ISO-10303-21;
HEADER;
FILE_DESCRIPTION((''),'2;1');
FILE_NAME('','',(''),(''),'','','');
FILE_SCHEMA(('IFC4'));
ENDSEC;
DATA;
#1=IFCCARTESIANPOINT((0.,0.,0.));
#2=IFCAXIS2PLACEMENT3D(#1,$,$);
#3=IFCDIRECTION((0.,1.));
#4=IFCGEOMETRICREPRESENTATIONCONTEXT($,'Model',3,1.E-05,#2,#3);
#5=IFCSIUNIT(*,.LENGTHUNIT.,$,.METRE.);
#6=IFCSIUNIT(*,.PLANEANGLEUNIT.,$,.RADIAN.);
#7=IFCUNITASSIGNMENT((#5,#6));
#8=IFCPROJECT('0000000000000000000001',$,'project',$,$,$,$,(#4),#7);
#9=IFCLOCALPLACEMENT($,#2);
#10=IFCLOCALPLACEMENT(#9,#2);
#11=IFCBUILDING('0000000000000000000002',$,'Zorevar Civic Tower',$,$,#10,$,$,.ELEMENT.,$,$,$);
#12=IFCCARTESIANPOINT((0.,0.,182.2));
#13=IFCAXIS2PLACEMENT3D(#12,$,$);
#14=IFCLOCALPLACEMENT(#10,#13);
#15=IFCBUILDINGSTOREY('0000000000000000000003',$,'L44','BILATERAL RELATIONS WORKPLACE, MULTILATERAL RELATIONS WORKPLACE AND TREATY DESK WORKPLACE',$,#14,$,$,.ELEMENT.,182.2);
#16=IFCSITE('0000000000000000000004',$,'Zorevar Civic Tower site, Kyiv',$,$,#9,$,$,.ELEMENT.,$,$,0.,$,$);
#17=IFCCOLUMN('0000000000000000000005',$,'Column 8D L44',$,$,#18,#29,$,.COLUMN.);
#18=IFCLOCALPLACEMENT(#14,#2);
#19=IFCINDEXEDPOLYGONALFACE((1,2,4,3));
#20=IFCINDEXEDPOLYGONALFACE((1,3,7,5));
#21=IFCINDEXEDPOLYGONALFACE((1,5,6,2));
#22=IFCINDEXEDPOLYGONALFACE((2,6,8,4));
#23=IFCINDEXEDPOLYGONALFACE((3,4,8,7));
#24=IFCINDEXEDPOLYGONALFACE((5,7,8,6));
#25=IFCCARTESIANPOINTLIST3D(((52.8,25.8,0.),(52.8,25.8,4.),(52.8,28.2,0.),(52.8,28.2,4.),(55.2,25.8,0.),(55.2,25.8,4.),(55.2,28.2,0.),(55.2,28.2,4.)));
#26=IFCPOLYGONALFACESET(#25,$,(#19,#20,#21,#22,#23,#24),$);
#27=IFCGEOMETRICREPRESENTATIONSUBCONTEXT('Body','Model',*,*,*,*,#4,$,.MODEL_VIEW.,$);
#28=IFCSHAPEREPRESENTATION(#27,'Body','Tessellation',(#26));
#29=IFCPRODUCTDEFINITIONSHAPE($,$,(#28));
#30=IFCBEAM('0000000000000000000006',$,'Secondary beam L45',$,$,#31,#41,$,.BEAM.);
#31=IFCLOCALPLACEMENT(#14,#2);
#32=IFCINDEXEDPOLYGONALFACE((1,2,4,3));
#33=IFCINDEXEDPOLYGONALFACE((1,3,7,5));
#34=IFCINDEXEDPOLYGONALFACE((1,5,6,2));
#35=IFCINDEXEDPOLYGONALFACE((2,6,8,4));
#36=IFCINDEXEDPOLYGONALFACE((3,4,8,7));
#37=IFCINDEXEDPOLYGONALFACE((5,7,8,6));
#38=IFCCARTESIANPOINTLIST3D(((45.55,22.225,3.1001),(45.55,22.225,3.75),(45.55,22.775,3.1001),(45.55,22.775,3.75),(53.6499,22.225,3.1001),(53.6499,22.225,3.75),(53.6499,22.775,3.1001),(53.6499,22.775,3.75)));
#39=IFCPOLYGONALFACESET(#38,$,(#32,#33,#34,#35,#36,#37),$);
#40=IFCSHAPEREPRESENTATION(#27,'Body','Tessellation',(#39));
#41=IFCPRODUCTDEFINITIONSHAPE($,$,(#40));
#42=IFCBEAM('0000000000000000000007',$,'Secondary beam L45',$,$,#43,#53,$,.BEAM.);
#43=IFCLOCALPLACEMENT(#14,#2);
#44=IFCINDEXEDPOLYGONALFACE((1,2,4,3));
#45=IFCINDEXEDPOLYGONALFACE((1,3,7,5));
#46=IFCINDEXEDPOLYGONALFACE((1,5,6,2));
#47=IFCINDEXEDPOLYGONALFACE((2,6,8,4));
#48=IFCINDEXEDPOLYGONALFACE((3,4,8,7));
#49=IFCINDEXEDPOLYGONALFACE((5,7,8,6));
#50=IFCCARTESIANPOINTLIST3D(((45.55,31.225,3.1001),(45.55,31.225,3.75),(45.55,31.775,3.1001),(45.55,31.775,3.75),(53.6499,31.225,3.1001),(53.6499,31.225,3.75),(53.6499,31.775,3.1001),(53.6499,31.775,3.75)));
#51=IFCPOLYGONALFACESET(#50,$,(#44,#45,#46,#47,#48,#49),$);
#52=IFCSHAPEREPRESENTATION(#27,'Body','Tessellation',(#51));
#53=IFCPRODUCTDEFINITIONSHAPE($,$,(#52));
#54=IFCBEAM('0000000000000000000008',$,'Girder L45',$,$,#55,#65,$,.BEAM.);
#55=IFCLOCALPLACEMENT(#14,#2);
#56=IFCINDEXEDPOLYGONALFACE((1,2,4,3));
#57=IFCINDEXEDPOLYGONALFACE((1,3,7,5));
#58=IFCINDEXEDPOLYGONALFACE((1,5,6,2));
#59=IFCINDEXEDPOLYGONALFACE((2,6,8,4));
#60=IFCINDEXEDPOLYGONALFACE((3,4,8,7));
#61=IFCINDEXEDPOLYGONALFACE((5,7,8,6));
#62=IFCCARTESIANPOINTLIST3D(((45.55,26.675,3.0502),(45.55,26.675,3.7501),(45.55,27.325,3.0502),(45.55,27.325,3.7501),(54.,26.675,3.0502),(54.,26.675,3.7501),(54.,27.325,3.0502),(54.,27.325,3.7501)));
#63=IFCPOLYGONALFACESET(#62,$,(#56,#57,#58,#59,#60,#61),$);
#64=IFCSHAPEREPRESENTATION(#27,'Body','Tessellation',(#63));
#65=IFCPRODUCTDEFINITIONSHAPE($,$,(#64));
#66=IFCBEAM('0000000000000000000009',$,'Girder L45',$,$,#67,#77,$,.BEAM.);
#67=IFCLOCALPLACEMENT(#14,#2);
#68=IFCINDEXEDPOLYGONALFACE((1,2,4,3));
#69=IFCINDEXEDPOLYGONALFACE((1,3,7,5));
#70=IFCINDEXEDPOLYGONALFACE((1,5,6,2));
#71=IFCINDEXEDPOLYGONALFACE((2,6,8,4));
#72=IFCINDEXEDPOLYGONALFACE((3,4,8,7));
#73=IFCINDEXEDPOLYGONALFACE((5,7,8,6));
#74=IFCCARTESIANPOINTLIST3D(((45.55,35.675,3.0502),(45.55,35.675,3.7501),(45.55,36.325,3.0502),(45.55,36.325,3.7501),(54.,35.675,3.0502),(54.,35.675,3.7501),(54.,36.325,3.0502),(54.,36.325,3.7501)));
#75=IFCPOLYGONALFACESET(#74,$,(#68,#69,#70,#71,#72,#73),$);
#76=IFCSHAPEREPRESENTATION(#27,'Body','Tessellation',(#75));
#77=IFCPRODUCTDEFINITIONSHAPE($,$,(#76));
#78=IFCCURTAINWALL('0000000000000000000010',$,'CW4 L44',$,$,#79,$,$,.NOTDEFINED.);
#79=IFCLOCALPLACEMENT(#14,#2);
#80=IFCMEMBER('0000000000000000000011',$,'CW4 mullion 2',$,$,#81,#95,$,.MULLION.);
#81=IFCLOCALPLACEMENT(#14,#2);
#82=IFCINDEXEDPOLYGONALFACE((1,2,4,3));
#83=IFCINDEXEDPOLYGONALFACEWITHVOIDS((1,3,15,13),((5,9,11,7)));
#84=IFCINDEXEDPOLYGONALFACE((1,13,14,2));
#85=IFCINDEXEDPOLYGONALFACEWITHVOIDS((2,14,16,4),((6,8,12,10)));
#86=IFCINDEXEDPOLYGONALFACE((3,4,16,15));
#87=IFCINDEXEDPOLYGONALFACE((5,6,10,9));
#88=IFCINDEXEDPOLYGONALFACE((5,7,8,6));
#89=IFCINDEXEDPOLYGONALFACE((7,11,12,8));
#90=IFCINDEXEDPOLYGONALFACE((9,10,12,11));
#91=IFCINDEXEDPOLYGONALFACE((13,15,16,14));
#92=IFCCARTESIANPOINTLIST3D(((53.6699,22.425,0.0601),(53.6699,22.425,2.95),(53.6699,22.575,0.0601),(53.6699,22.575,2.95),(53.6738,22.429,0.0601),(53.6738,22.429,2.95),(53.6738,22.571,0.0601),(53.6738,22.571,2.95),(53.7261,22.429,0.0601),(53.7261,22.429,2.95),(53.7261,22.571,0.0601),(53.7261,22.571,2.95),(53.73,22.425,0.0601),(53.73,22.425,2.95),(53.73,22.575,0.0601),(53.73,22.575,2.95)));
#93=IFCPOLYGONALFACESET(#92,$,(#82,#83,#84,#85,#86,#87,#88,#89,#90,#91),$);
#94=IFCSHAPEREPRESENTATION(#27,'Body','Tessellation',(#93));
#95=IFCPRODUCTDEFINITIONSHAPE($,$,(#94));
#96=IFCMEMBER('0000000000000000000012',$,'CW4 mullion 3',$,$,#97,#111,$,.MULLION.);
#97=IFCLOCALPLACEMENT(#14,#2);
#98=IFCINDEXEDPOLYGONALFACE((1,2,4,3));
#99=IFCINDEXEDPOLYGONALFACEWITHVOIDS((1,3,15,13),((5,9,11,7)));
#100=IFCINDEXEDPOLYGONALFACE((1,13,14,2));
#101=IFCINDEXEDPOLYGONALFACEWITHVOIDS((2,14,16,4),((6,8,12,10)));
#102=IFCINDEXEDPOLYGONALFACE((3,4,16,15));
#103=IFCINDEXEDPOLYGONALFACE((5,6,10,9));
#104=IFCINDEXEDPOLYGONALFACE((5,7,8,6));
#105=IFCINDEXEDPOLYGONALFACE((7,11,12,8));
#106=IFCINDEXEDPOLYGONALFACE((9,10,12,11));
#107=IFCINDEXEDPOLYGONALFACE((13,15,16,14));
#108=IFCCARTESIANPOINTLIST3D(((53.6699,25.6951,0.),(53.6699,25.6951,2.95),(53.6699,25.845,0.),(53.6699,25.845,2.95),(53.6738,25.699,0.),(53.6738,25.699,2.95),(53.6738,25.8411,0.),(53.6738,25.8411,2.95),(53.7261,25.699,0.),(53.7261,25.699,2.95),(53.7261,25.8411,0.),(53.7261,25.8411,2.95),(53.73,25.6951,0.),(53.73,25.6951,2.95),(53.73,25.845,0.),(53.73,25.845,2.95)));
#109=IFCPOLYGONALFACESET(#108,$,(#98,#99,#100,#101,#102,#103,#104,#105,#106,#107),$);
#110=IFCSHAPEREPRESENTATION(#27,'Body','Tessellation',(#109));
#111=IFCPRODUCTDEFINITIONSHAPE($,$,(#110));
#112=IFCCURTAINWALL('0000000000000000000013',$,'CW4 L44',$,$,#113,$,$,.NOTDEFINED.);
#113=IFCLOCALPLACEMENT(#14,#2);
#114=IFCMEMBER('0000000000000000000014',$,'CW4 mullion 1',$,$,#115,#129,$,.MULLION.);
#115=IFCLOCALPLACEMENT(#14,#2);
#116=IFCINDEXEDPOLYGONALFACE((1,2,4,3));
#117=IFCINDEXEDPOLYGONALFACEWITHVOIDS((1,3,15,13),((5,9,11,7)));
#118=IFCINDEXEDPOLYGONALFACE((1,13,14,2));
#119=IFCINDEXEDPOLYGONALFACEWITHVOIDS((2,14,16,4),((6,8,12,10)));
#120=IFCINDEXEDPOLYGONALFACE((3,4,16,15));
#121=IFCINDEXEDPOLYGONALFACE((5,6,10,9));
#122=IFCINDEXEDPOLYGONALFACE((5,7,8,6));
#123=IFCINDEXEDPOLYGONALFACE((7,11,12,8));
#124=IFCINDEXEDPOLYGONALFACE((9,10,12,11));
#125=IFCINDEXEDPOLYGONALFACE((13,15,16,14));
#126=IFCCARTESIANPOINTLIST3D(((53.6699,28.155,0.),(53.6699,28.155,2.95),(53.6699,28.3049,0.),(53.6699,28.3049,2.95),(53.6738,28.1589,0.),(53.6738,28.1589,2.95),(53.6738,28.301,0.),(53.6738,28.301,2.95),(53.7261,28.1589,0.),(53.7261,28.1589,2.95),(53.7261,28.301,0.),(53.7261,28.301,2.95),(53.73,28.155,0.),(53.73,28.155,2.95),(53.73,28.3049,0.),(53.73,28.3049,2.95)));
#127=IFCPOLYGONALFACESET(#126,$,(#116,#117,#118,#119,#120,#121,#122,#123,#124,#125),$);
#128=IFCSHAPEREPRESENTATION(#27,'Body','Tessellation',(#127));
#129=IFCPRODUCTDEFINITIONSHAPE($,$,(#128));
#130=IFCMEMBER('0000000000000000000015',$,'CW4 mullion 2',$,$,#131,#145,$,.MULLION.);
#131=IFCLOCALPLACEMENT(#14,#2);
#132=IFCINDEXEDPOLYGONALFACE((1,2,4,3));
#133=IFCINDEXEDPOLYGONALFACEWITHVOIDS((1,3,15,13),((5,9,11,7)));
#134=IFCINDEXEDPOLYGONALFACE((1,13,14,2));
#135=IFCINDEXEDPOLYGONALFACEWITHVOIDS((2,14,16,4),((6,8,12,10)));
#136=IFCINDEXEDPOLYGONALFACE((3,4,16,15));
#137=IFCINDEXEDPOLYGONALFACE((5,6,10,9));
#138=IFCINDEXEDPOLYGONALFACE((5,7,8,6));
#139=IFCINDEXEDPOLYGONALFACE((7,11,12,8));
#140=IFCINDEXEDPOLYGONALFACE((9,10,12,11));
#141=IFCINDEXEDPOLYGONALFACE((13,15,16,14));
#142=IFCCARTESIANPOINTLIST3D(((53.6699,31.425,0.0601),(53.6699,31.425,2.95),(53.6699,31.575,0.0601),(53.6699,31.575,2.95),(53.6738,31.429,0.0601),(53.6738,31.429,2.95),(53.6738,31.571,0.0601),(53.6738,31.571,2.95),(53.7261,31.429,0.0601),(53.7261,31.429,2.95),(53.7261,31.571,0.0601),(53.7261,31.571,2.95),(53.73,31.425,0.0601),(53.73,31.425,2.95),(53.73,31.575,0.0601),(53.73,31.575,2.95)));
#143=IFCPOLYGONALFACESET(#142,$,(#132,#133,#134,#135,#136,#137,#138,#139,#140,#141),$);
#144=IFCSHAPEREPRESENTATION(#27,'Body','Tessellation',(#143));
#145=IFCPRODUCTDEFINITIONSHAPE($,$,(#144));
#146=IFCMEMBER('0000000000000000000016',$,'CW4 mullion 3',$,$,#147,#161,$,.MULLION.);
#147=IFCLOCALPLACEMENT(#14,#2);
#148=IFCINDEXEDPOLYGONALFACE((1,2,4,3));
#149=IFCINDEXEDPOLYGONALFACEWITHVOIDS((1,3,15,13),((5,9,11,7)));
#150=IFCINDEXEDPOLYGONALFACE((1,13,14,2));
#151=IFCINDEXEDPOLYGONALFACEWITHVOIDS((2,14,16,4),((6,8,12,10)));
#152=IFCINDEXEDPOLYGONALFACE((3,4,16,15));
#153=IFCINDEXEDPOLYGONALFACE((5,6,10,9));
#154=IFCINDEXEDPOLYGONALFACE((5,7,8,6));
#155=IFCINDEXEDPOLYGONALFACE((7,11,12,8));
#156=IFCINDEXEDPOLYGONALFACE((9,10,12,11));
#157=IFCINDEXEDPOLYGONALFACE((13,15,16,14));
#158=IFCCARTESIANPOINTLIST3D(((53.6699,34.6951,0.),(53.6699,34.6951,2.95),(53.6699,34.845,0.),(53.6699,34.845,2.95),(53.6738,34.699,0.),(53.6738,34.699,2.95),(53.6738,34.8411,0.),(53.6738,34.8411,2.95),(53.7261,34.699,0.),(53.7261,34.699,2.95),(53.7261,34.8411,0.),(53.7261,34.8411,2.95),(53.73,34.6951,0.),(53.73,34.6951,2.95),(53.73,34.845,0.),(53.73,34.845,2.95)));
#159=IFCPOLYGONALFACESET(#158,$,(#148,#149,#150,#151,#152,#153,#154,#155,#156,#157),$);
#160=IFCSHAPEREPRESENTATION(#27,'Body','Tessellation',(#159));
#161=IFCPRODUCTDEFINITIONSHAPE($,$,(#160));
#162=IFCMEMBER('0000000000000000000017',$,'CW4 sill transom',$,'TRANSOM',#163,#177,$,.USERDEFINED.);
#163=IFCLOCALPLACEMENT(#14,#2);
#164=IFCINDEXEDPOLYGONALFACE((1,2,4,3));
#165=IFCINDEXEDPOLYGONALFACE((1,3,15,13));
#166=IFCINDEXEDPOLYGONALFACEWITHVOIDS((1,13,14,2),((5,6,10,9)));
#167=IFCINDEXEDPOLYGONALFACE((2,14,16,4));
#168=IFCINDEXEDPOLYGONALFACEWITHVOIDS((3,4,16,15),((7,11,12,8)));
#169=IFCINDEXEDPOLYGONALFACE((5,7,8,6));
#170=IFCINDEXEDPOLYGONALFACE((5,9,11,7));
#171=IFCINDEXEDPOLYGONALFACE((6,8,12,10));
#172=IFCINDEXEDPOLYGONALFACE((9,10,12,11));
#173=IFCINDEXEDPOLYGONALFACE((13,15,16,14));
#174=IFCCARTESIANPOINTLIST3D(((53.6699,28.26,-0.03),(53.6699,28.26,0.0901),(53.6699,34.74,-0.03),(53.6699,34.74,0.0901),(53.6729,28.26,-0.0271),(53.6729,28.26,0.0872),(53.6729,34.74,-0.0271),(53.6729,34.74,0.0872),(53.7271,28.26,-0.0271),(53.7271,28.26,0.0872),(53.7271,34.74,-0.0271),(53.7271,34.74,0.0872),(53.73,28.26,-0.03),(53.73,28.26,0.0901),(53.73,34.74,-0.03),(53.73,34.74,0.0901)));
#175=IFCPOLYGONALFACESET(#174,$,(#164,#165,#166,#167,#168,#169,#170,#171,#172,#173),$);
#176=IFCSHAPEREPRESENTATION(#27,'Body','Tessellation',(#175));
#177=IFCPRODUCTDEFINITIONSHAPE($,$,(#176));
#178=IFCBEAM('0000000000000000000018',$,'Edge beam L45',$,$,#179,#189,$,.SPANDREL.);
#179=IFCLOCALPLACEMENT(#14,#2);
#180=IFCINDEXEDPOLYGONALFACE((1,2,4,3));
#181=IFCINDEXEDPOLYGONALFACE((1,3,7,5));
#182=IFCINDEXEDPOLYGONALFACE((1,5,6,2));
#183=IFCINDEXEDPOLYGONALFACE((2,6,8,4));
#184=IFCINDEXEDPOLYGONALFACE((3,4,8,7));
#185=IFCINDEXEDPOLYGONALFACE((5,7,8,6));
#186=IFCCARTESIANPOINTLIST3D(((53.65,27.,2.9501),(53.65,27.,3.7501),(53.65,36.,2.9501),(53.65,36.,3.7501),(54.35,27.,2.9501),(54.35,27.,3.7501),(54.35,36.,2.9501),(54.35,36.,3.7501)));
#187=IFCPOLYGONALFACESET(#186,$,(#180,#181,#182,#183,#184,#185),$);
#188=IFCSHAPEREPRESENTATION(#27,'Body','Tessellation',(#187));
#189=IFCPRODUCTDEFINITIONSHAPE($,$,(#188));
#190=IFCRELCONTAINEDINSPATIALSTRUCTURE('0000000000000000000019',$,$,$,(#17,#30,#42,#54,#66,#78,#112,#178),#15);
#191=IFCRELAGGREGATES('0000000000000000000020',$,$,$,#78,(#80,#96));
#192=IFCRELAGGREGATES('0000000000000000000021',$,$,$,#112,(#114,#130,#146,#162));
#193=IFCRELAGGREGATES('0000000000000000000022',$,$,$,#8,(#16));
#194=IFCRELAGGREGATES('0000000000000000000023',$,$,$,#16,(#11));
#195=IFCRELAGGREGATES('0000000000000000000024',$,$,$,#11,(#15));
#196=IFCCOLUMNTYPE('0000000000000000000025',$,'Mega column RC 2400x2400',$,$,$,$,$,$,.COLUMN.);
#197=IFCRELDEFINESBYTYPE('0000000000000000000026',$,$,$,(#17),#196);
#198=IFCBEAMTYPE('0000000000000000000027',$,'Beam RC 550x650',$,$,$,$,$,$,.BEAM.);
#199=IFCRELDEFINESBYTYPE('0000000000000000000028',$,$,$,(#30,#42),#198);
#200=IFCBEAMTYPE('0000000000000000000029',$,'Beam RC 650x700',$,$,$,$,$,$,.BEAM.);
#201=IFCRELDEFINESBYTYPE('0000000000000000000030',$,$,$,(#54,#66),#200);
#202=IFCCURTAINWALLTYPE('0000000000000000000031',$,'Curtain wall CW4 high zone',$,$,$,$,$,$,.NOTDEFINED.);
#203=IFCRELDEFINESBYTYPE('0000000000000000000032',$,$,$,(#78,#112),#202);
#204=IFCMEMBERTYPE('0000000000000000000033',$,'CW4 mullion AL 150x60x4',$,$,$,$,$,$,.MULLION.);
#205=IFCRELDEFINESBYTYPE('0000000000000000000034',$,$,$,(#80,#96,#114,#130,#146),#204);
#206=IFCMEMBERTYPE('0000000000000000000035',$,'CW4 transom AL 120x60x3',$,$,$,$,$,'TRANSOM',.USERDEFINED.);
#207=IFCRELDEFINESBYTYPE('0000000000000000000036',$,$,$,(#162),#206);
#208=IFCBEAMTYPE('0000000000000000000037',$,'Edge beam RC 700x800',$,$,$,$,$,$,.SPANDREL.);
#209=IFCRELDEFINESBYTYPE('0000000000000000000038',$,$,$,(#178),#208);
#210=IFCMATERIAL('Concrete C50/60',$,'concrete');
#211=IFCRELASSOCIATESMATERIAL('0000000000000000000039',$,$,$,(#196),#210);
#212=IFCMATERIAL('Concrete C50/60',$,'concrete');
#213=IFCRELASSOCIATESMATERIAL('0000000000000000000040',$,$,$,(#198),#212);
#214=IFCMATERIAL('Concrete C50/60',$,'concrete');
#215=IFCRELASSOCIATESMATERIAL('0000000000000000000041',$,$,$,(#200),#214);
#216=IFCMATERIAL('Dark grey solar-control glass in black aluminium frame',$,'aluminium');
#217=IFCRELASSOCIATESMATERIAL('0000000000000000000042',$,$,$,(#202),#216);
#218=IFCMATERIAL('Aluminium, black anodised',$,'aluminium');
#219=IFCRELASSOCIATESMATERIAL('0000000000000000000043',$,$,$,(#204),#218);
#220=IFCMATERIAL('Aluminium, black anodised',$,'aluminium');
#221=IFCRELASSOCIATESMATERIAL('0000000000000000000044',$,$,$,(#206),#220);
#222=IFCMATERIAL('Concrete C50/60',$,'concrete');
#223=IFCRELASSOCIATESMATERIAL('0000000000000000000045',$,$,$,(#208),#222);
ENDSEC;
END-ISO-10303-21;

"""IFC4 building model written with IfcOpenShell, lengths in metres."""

from ifc_helpers import new_model, si_unit, direction, frame, origin, origin_2d, place, context, subcontext, project, spatial, rectangle, hollow_rectangle, extrude, material, material_profile, profile_set, type_object, element, aggregate, save


model = new_model("IFC4")

# Units and contexts
model_context = context("Model", 3, precision=1e-05, world=origin(), true_north=direction((0.0, 1.0)))
body_context = subcontext(model_context, "Body", "Model", "MODEL_VIEW")
ifc_project = project(units=[si_unit("LENGTHUNIT", "METRE"), si_unit("PLANEANGLEUNIT", "RADIAN")], contexts=[model_context])

# Site, building, storey
site_placement = place(None, origin())
site = spatial("IfcSite", under=ifc_project, at=site_placement, Name="Zorevar Civic Tower site, Kyiv", CompositionType="ELEMENT", RefElevation=0.0)
building_placement = place(site_placement, origin())
building = spatial("IfcBuilding", under=site, at=building_placement, Name="Zorevar Civic Tower", CompositionType="ELEMENT")
storey_placement = place(building_placement, frame((0.0, 0.0, 182.2)))
storey = spatial("IfcBuildingStorey", under=building, at=storey_placement, Name="L44", Description="BILATERAL RELATIONS WORKPLACE, MULTILATERAL RELATIONS WORKPLACE AND TREATY DESK WORKPLACE", CompositionType="ELEMENT", Elevation=182.2)

# Column
ifc_material_1 = material(Name="Concrete C50/60", Category="concrete")
ifc_material_profile_1 = material_profile(ifc_material_1, rectangle(XDim=2.3999, YDim=2.3999, at=origin_2d()), Name="RC 2400x2400")
ifc_profile_set_1 = profile_set([ifc_material_profile_1], Name="Concrete C50/60")
column_type = type_object("IfcColumnType", Name="Mega column RC 2400x2400", PredefinedType="COLUMN", material=ifc_profile_set_1)
column_placement = place(storey_placement, frame((54.0, 27.0, 0.0), z_axis=(0.0, 0.0, 1.0), x_axis=(1.0, 0.0, 0.0)))
element("IfcColumn", 1, at=column_placement, inside=storey, type_object=column_type, Name="Column 8D L44", PredefinedType="COLUMN", context=body_context, shape_type="SweptSolid", body=[
    extrude(rectangle(XDim=2.3999, YDim=2.3999, at=origin_2d()), origin(), (0.0, 0.0, 1.0), 4.0),
])

# Beams
ifc_material_2 = material(Name="Concrete C50/60", Category="concrete")
ifc_material_profile_2 = material_profile(ifc_material_2, rectangle(XDim=0.55, YDim=0.6499, at=origin_2d()), Name="RC 550x650")
ifc_profile_set_2 = profile_set([ifc_material_profile_2], Name="Concrete C50/60")
beam_type_1 = type_object("IfcBeamType", Name="Beam RC 550x650", PredefinedType="BEAM", material=ifc_profile_set_2)
for number, where, z_axis, x_axis, name in (
    (2, (45.55, 22.5, 3.425), (1.0, 0.0, 0.0), (0.0, 1.0, 0.0), "Secondary beam L45"),
    (3, (45.55, 31.5, 3.425), (1.0, 0.0, 0.0), (0.0, 1.0, 0.0), "Secondary beam L45"),
):
    element("IfcBeam", number, at=place(storey_placement, frame(where, z_axis=z_axis, x_axis=x_axis)), inside=storey, type_object=beam_type_1, Name=name, PredefinedType="BEAM", context=body_context, shape_type="SweptSolid", body=[
        extrude(rectangle(XDim=0.55, YDim=0.6499, at=origin_2d()), origin(), (0.0, 0.0, 1.0), 8.0999),
    ])
ifc_material_3 = material(Name="Concrete C50/60", Category="concrete")
ifc_material_profile_3 = material_profile(ifc_material_3, rectangle(XDim=0.6499, YDim=0.7, at=origin_2d()), Name="RC 650x700")
ifc_profile_set_3 = profile_set([ifc_material_profile_3], Name="Concrete C50/60")
beam_type_2 = type_object("IfcBeamType", Name="Beam RC 650x700", PredefinedType="BEAM", material=ifc_profile_set_3)
for number, where, z_axis, x_axis, name in (
    (4, (45.55, 27.0, 3.4001), (1.0, 0.0, 0.0), (0.0, 1.0, 0.0), "Girder L45"),
    (5, (45.55, 36.0, 3.4001), (1.0, 0.0, 0.0), (0.0, 1.0, 0.0), "Girder L45"),
):
    element("IfcBeam", number, at=place(storey_placement, frame(where, z_axis=z_axis, x_axis=x_axis)), inside=storey, type_object=beam_type_2, Name=name, PredefinedType="BEAM", context=body_context, shape_type="SweptSolid", body=[
        extrude(rectangle(XDim=0.6499, YDim=0.7, at=origin_2d()), origin(), (0.0, 0.0, 1.0), 8.45),
    ])

# Curtain walls, members
ifc_material_4 = material(Name="Dark grey solar-control glass in black aluminium frame", Category="aluminium")
curtain_wall_type = type_object("IfcCurtainWallType", Name="Curtain wall CW4 high zone", PredefinedType="NOTDEFINED", material=ifc_material_4)
curtain_wall_1_placement = place(storey_placement, origin())
curtain_wall_1 = element("IfcCurtainWall", 6, at=curtain_wall_1_placement, inside=storey, type_object=curtain_wall_type, Name="CW4 L44", PredefinedType="NOTDEFINED")
ifc_material_5 = material(Name="Aluminium, black anodised", Category="aluminium")
ifc_material_profile_4 = material_profile(ifc_material_5, hollow_rectangle(XDim=0.0601, YDim=0.1499, WallThickness=0.0039, at=origin_2d()), Name="AL 150x60x4")
ifc_profile_set_4 = profile_set([ifc_material_profile_4], Name="Aluminium, black anodised")
member_type_1 = type_object("IfcMemberType", Name="CW4 mullion AL 150x60x4", PredefinedType="MULLION", material=ifc_profile_set_4)
member_1_placement = place(storey_placement, frame((53.7, 22.5, 0.0601), z_axis=(0.0, 0.0, 1.0), x_axis=(-1.0, 0.0, 0.0)))
member_1 = element("IfcMember", 7, at=member_1_placement, type_object=member_type_1, Name="CW4 mullion 2", PredefinedType="MULLION", context=body_context, shape_type="SweptSolid", body=[
    extrude(hollow_rectangle(XDim=0.0601, YDim=0.1499, WallThickness=0.0039, at=origin_2d()), origin(), (0.0, 0.0, 1.0), 2.8899),
])
member_2_placement = place(storey_placement, frame((53.7, 25.77, 0.0), z_axis=(0.0, 0.0, 1.0), x_axis=(-1.0, 0.0, 0.0)))
member_2 = element("IfcMember", 8, at=member_2_placement, type_object=member_type_1, Name="CW4 mullion 3", PredefinedType="MULLION", context=body_context, shape_type="SweptSolid", body=[
    extrude(hollow_rectangle(XDim=0.0601, YDim=0.1499, WallThickness=0.0039, at=origin_2d()), origin(), (0.0, 0.0, 1.0), 2.95),
])
curtain_wall_2_placement = place(storey_placement, origin())
curtain_wall_2 = element("IfcCurtainWall", 9, at=curtain_wall_2_placement, inside=storey, type_object=curtain_wall_type, Name="CW4 L44", PredefinedType="NOTDEFINED")
member_3_placement = place(storey_placement, frame((53.7, 28.23, 0.0), z_axis=(0.0, 0.0, 1.0), x_axis=(-1.0, 0.0, 0.0)))
member_3 = element("IfcMember", 10, at=member_3_placement, type_object=member_type_1, Name="CW4 mullion 1", PredefinedType="MULLION", context=body_context, shape_type="SweptSolid", body=[
    extrude(hollow_rectangle(XDim=0.0601, YDim=0.1499, WallThickness=0.0039, at=origin_2d()), origin(), (0.0, 0.0, 1.0), 2.95),
])
member_4_placement = place(storey_placement, frame((53.7, 31.5, 0.0601), z_axis=(0.0, 0.0, 1.0), x_axis=(-1.0, 0.0, 0.0)))
member_4 = element("IfcMember", 11, at=member_4_placement, type_object=member_type_1, Name="CW4 mullion 2", PredefinedType="MULLION", context=body_context, shape_type="SweptSolid", body=[
    extrude(hollow_rectangle(XDim=0.0601, YDim=0.1499, WallThickness=0.0039, at=origin_2d()), origin(), (0.0, 0.0, 1.0), 2.8899),
])
member_5_placement = place(storey_placement, frame((53.7, 34.77, 0.0), z_axis=(0.0, 0.0, 1.0), x_axis=(-1.0, 0.0, 0.0)))
member_5 = element("IfcMember", 12, at=member_5_placement, type_object=member_type_1, Name="CW4 mullion 3", PredefinedType="MULLION", context=body_context, shape_type="SweptSolid", body=[
    extrude(hollow_rectangle(XDim=0.0601, YDim=0.1499, WallThickness=0.0039, at=origin_2d()), origin(), (0.0, 0.0, 1.0), 2.95),
])
ifc_material_6 = material(Name="Aluminium, black anodised", Category="aluminium")
ifc_material_profile_5 = material_profile(ifc_material_6, hollow_rectangle(XDim=0.0601, YDim=0.1201, WallThickness=0.0029, at=origin_2d()), Name="AL 120x60x3")
ifc_profile_set_5 = profile_set([ifc_material_profile_5], Name="Aluminium, black anodised")
member_type_2 = type_object("IfcMemberType", Name="CW4 transom AL 120x60x3", ElementType="TRANSOM", PredefinedType="USERDEFINED", material=ifc_profile_set_5)
member_6_placement = place(storey_placement, frame((53.7, 28.26, 0.03), z_axis=(0.0, 1.0, 0.0), x_axis=(-1.0, 0.0, 0.0)))
member_6 = element("IfcMember", 13, at=member_6_placement, type_object=member_type_2, Name="CW4 sill transom", ObjectType="TRANSOM", PredefinedType="USERDEFINED", context=body_context, shape_type="SweptSolid", body=[
    extrude(hollow_rectangle(XDim=0.0601, YDim=0.1201, WallThickness=0.0029, at=origin_2d()), origin(), (0.0, 0.0, 1.0), 6.48),
])

# Beam
ifc_material_7 = material(Name="Concrete C50/60", Category="concrete")
ifc_material_profile_6 = material_profile(ifc_material_7, rectangle(XDim=0.7, YDim=0.8, at=origin_2d()), Name="RC 700x800")
ifc_profile_set_6 = profile_set([ifc_material_profile_6], Name="Concrete C50/60")
beam_type_3 = type_object("IfcBeamType", Name="Edge beam RC 700x800", PredefinedType="SPANDREL", material=ifc_profile_set_6)
beam_placement = place(storey_placement, frame((54.0, 27.0, 3.3501), z_axis=(0.0, 1.0, 0.0), x_axis=(-1.0, 0.0, 0.0)))
element("IfcBeam", 14, at=beam_placement, inside=storey, type_object=beam_type_3, Name="Edge beam L45", PredefinedType="SPANDREL", context=body_context, shape_type="SweptSolid", body=[
    extrude(rectangle(XDim=0.7, YDim=0.8, at=origin_2d()), origin(), (0.0, 0.0, 1.0), 9.0),
])

aggregate(curtain_wall_1, [member_1, member_2])
aggregate(curtain_wall_2, [member_3, member_4, member_5, member_6])

save(model, "model.ifc")
